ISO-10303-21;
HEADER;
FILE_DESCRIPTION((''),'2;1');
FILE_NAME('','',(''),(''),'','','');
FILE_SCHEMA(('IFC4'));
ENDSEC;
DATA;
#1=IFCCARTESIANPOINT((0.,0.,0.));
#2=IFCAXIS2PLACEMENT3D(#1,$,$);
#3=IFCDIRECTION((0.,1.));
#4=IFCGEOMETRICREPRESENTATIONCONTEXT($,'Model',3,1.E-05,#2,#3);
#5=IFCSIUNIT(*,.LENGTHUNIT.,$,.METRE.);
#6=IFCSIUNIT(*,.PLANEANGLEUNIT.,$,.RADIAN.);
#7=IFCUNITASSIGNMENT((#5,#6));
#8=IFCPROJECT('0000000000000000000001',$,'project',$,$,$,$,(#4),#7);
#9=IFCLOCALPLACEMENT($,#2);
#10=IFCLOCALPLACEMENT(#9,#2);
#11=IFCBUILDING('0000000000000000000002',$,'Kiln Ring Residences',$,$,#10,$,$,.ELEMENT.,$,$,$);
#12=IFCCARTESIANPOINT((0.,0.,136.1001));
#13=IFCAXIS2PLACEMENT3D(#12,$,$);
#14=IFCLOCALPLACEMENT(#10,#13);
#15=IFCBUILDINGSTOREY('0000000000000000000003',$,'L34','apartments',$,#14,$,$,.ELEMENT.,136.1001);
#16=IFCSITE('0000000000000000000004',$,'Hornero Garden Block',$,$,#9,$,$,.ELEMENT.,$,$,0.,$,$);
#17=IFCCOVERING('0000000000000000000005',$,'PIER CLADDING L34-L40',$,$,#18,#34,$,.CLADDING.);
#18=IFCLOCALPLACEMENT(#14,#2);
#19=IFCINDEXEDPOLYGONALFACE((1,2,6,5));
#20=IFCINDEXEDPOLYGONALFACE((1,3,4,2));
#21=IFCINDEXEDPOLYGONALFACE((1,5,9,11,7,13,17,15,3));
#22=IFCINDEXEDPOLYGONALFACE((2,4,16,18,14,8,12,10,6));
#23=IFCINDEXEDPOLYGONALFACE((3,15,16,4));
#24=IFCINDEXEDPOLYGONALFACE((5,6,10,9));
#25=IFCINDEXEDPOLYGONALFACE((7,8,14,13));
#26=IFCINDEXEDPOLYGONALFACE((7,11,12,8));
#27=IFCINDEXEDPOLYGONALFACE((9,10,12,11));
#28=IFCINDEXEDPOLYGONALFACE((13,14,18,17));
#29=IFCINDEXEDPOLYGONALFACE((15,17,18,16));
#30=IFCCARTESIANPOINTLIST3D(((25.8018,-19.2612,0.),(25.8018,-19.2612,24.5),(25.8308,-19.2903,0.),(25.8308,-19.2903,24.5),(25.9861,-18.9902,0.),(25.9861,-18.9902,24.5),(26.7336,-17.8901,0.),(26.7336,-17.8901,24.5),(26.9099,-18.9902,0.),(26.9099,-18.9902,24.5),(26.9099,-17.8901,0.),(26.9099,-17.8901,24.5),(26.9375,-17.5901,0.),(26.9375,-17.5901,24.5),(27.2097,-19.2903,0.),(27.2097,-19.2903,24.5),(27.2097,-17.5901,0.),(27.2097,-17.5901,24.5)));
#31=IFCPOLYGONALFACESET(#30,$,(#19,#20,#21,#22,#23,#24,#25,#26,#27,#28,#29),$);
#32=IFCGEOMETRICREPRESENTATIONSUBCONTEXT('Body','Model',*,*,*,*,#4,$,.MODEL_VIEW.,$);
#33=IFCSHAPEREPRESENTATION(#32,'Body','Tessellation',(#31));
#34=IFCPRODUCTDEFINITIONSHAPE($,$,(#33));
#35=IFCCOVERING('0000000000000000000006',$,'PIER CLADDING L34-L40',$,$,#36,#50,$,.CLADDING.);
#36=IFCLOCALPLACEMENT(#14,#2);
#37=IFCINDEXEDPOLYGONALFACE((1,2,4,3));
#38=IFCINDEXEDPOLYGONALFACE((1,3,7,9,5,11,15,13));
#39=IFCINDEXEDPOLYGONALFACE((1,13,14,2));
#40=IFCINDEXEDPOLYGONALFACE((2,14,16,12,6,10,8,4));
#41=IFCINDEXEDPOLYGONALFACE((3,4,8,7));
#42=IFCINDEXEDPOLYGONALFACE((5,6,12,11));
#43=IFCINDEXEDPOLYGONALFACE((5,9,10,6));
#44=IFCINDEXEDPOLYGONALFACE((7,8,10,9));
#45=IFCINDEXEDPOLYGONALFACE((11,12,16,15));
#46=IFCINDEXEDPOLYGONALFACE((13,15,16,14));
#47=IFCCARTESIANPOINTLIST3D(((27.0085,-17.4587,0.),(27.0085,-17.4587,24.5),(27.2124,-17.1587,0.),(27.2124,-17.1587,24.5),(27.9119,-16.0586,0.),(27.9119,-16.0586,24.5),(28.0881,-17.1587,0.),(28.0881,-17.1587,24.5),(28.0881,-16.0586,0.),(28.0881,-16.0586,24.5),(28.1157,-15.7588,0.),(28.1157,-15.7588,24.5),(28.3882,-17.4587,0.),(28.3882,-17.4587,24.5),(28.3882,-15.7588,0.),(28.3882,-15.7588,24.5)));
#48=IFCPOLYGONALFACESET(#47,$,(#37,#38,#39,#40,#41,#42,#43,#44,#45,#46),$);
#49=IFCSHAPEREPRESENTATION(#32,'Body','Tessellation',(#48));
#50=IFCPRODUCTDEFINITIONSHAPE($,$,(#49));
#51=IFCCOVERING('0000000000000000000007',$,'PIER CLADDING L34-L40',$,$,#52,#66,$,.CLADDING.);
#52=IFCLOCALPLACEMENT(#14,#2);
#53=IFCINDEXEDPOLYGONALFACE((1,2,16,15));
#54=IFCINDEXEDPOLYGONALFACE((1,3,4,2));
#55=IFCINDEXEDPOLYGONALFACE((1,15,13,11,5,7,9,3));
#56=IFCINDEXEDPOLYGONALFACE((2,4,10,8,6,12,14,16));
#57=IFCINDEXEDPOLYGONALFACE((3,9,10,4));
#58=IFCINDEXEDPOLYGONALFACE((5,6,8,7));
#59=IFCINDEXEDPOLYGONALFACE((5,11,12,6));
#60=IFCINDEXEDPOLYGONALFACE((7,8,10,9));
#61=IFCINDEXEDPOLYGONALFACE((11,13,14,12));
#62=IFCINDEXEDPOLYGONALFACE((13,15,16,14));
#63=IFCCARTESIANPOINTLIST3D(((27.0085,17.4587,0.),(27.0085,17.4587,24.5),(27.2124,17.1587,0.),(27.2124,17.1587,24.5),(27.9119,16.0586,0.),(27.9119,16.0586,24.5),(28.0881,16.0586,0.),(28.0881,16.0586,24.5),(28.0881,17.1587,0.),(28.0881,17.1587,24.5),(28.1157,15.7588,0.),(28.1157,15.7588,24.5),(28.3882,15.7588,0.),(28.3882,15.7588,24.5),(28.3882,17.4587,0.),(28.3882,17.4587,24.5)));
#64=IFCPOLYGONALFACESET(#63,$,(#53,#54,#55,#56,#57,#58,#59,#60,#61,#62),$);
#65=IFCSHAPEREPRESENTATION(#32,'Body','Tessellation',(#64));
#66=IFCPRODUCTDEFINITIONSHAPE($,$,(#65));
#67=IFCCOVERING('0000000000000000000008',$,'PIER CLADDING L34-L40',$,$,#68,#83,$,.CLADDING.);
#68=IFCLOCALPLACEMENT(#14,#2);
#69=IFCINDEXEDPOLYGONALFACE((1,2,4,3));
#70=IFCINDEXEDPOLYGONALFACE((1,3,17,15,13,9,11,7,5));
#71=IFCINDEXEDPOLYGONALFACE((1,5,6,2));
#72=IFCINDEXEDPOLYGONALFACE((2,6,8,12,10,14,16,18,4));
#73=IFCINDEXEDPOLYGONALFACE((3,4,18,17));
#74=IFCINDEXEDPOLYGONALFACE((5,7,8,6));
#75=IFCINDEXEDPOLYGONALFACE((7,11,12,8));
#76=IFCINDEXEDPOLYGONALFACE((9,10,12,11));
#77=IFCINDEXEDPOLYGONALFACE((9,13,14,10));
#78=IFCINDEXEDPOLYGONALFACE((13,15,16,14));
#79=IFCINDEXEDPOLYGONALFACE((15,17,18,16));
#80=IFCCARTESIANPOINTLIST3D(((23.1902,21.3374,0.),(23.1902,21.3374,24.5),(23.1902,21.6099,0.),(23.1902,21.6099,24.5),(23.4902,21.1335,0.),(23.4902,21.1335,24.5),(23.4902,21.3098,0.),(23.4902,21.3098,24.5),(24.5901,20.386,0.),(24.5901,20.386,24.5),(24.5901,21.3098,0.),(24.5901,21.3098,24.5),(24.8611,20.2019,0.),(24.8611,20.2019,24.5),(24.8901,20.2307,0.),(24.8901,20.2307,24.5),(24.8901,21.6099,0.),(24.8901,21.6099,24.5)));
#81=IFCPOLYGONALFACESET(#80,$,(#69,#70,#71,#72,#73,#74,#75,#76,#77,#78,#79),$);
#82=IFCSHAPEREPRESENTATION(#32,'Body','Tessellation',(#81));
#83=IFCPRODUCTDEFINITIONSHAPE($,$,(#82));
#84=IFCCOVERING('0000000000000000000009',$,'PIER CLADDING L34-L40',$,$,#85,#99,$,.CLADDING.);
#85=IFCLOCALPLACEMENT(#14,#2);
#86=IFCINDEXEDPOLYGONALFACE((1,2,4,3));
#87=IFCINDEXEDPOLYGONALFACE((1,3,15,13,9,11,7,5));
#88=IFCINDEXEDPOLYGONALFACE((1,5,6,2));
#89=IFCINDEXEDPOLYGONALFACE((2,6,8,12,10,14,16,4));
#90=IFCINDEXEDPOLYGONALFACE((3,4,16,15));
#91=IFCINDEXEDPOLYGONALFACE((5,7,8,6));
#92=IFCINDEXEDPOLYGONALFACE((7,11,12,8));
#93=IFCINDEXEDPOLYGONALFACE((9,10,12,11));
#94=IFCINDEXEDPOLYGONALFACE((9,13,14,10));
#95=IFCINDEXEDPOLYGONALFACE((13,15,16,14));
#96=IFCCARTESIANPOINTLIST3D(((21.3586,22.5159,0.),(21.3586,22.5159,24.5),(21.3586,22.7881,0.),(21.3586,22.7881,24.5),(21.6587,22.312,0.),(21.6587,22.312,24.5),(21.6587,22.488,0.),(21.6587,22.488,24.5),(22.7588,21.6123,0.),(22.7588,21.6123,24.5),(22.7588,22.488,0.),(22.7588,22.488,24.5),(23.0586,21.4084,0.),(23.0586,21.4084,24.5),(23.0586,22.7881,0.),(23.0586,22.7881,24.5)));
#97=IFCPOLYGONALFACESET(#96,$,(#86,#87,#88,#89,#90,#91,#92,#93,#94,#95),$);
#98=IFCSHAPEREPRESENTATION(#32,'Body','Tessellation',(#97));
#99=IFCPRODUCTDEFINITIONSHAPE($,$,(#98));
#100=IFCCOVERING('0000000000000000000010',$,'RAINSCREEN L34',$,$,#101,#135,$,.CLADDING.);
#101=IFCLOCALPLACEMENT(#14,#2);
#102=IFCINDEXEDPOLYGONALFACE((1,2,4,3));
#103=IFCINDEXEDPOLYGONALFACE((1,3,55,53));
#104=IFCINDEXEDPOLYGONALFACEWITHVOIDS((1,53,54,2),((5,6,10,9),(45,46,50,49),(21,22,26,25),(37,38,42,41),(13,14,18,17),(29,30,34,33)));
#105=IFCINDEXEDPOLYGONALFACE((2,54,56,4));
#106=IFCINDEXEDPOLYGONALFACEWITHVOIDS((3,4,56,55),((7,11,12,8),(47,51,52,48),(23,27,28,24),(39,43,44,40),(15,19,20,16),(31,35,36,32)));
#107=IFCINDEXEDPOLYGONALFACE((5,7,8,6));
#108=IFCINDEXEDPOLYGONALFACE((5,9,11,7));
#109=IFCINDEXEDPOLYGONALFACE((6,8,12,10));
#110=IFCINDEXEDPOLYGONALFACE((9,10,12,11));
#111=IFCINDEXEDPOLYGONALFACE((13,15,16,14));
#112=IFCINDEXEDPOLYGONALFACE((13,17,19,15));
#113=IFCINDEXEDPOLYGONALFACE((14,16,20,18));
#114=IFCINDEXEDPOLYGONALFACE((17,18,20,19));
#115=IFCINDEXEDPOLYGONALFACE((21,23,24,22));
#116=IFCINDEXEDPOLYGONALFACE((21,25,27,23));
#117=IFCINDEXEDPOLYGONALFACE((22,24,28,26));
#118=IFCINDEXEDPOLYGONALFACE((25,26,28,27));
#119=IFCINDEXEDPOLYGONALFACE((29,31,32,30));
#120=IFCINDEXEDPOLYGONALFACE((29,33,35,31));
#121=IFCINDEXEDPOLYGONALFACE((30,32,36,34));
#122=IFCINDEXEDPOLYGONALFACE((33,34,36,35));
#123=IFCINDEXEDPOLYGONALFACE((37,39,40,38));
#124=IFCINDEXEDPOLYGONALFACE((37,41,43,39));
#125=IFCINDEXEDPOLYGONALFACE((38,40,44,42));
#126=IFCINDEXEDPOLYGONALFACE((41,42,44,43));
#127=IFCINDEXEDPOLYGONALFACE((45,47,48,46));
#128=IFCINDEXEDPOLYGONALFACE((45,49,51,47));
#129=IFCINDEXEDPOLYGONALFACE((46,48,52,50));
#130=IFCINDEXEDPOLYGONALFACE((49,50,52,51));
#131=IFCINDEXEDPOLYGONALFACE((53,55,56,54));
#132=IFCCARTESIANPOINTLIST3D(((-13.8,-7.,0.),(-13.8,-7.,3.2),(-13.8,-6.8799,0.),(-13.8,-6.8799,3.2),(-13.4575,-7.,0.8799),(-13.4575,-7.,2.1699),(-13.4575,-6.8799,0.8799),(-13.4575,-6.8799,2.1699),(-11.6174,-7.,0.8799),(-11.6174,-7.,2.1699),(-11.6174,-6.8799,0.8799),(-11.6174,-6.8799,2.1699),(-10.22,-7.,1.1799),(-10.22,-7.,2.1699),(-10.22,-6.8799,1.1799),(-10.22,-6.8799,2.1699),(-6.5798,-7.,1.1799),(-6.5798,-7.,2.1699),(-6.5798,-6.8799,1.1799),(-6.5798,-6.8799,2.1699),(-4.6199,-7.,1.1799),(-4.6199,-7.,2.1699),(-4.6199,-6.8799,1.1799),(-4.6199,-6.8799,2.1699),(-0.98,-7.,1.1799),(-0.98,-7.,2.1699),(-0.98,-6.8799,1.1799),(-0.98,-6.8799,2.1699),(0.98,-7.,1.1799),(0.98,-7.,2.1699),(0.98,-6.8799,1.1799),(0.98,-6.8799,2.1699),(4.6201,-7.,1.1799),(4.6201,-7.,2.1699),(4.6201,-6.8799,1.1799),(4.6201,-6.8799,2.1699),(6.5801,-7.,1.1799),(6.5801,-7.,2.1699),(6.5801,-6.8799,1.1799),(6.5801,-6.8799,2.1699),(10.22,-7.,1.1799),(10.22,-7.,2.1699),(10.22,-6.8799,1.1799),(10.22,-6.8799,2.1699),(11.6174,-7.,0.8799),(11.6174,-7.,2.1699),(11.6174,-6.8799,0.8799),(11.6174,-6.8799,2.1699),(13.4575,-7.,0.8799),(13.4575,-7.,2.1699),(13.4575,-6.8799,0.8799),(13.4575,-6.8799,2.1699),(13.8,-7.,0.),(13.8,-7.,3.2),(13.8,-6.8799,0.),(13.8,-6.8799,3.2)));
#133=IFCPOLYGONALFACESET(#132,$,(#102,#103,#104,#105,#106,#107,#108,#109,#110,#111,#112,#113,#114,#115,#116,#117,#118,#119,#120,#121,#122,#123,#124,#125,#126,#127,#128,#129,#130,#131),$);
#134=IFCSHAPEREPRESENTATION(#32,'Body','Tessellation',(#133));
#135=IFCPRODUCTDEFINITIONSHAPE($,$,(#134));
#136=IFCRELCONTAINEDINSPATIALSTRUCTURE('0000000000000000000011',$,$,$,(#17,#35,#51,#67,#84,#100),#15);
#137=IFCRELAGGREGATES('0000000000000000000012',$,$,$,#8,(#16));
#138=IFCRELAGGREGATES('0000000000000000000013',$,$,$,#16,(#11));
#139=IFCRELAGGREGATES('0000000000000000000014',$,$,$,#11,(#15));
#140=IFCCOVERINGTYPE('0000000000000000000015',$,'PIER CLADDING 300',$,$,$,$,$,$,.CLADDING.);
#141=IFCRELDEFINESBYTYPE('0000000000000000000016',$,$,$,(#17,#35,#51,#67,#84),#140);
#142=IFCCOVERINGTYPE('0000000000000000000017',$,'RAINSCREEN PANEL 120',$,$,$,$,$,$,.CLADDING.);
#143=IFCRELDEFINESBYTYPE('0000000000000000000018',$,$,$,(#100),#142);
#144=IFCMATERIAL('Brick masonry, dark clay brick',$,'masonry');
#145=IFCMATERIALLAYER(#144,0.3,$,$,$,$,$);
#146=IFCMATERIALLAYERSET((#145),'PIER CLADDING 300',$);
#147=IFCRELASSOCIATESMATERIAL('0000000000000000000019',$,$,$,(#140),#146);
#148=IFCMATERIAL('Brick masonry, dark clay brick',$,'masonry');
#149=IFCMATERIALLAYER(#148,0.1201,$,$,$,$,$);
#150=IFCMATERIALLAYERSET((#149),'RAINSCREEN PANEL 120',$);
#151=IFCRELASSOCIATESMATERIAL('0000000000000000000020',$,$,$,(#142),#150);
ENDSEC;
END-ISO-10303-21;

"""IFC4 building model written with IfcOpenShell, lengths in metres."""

from ifc_helpers import new_model, si_unit, direction, frame, origin, place, context, subcontext, project, spatial, polyline, outline, extrude, material, layer, layer_set, type_object, element, save


model = new_model("IFC4")

# Units and contexts
model_context = context("Model", 3, precision=1e-05, world=origin(), true_north=direction((0.0, 1.0)))
body_context = subcontext(model_context, "Body", "Model", "MODEL_VIEW")
ifc_project = project(units=[si_unit("LENGTHUNIT", "METRE"), si_unit("PLANEANGLEUNIT", "RADIAN")], contexts=[model_context])

# Site, building, storey
site_placement = place(None, origin())
site = spatial("IfcSite", under=ifc_project, at=site_placement, Name="Hornero Garden Block", CompositionType="ELEMENT", RefElevation=0.0)
building_placement = place(site_placement, origin())
building = spatial("IfcBuilding", under=site, at=building_placement, Name="Kiln Ring Residences", CompositionType="ELEMENT")
storey_placement = place(building_placement, frame((0.0, 0.0, 136.1001)))
storey = spatial("IfcBuildingStorey", under=building, at=storey_placement, Name="L34", Description="apartments", CompositionType="ELEMENT", Elevation=136.1001)

# Shared definitions
placement = place(storey_placement, origin())

# Coverings
ifc_material_1 = material(Name="Brick masonry, dark clay brick", Category="masonry")
ifc_layer_1 = layer(ifc_material_1, 0.3)
ifc_layer_set_1 = layer_set([ifc_layer_1], Name="PIER CLADDING 300")
covering_type_1 = type_object("IfcCoveringType", Name="PIER CLADDING 300", PredefinedType="CLADDING", material=ifc_layer_set_1)
element("IfcCovering", 1, at=placement, inside=storey, type_object=covering_type_1, Name="PIER CLADDING L34-L40", PredefinedType="CLADDING", context=body_context, shape_type="SweptSolid", body=[
    extrude(outline(polyline([(27.2097, -19.2903), (27.2097, -17.5901), (26.9375, -17.5901), (26.7336, -17.8901), (26.9099, -17.8901), (26.9099, -18.9902), (25.9861, -18.9902), (25.8018, -19.2612), (25.8308, -19.2903), (27.2097, -19.2903)])), origin(), (0.0, 0.0, 1.0), 24.5),
])
element("IfcCovering", 2, at=placement, inside=storey, type_object=covering_type_1, Name="PIER CLADDING L34-L40", PredefinedType="CLADDING", context=body_context, shape_type="SweptSolid", body=[
    extrude(outline(polyline([(28.3882, -17.4587), (28.3882, -15.7588), (28.1157, -15.7588), (27.9119, -16.0586), (28.0881, -16.0586), (28.0881, -17.1587), (27.2124, -17.1587), (27.0085, -17.4587), (28.3882, -17.4587)])), origin(), (0.0, 0.0, 1.0), 24.5),
])
element("IfcCovering", 3, at=placement, inside=storey, type_object=covering_type_1, Name="PIER CLADDING L34-L40", PredefinedType="CLADDING", context=body_context, shape_type="SweptSolid", body=[
    extrude(outline(polyline([(28.3882, 15.7588), (28.3882, 17.4587), (27.0085, 17.4587), (27.2124, 17.1587), (28.0881, 17.1587), (28.0881, 16.0586), (27.9119, 16.0586), (28.1157, 15.7588), (28.3882, 15.7588)])), origin(), (0.0, 0.0, 1.0), 24.5),
])
element("IfcCovering", 4, at=placement, inside=storey, type_object=covering_type_1, Name="PIER CLADDING L34-L40", PredefinedType="CLADDING", context=body_context, shape_type="SweptSolid", body=[
    extrude(outline(polyline([(24.8901, 21.6099), (23.1902, 21.6099), (23.1902, 21.3374), (23.4902, 21.1335), (23.4902, 21.3098), (24.5901, 21.3098), (24.5901, 20.386), (24.8611, 20.2019), (24.8901, 20.2307), (24.8901, 21.6099)])), origin(), (0.0, 0.0, 1.0), 24.5),
])
element("IfcCovering", 5, at=placement, inside=storey, type_object=covering_type_1, Name="PIER CLADDING L34-L40", PredefinedType="CLADDING", context=body_context, shape_type="SweptSolid", body=[
    extrude(outline(polyline([(23.0586, 22.7881), (21.3586, 22.7881), (21.3586, 22.5159), (21.6587, 22.312), (21.6587, 22.488), (22.7588, 22.488), (22.7588, 21.6123), (23.0586, 21.4084), (23.0586, 22.7881)])), origin(), (0.0, 0.0, 1.0), 24.5),
])
ifc_material_2 = material(Name="Brick masonry, dark clay brick", Category="masonry")
ifc_layer_2 = layer(ifc_material_2, 0.1201)
ifc_layer_set_2 = layer_set([ifc_layer_2], Name="RAINSCREEN PANEL 120")
covering_type_2 = type_object("IfcCoveringType", Name="RAINSCREEN PANEL 120", PredefinedType="CLADDING", material=ifc_layer_set_2)
covering_1_placement = place(storey_placement, frame((13.8, -6.9399, 0.0), z_axis=(0.0, 0.0, 1.0), x_axis=(-1.0, 0.0, 0.0)))
element("IfcCovering", 6, at=covering_1_placement, inside=storey, type_object=covering_type_2, Name="RAINSCREEN L34", PredefinedType="CLADDING", context=body_context, shape_type="SweptSolid", body=[
    extrude(outline(polyline([(0.0, 0.0), (27.6001, 0.0), (27.6001, 3.2), (0.0, 3.2), (0.0, 0.0)]), holes=[polyline([(2.1826, 0.8799), (2.1826, 2.1699), (0.3425, 2.1699), (0.3425, 0.8799), (2.1826, 0.8799)]), polyline([(25.4175, 0.8799), (27.2576, 0.8799), (27.2576, 2.1699), (25.4175, 2.1699), (25.4175, 0.8799)]), polyline([(3.5801, 1.1799), (7.22, 1.1799), (7.22, 2.1699), (3.5801, 2.1699), (3.5801, 1.1799)]), polyline([(12.8201, 1.1799), (12.8201, 2.1699), (9.1799, 2.1699), (9.1799, 1.1799), (12.8201, 1.1799)]), polyline([(14.78, 1.1799), (18.4199, 1.1799), (18.4199, 2.1699), (14.78, 2.1699), (14.78, 1.1799)]), polyline([(20.3799, 1.1799), (24.02, 1.1799), (24.02, 2.1699), (20.3799, 2.1699), (20.3799, 1.1799)])]), frame((0.0, 0.0601, 0.0), z_axis=(0.0, -1.0, 0.0), x_axis=(1.0, 0.0, 0.0)), (0.0, 0.0, 1.0), 0.1201),
])

save(model, "model.ifc")
